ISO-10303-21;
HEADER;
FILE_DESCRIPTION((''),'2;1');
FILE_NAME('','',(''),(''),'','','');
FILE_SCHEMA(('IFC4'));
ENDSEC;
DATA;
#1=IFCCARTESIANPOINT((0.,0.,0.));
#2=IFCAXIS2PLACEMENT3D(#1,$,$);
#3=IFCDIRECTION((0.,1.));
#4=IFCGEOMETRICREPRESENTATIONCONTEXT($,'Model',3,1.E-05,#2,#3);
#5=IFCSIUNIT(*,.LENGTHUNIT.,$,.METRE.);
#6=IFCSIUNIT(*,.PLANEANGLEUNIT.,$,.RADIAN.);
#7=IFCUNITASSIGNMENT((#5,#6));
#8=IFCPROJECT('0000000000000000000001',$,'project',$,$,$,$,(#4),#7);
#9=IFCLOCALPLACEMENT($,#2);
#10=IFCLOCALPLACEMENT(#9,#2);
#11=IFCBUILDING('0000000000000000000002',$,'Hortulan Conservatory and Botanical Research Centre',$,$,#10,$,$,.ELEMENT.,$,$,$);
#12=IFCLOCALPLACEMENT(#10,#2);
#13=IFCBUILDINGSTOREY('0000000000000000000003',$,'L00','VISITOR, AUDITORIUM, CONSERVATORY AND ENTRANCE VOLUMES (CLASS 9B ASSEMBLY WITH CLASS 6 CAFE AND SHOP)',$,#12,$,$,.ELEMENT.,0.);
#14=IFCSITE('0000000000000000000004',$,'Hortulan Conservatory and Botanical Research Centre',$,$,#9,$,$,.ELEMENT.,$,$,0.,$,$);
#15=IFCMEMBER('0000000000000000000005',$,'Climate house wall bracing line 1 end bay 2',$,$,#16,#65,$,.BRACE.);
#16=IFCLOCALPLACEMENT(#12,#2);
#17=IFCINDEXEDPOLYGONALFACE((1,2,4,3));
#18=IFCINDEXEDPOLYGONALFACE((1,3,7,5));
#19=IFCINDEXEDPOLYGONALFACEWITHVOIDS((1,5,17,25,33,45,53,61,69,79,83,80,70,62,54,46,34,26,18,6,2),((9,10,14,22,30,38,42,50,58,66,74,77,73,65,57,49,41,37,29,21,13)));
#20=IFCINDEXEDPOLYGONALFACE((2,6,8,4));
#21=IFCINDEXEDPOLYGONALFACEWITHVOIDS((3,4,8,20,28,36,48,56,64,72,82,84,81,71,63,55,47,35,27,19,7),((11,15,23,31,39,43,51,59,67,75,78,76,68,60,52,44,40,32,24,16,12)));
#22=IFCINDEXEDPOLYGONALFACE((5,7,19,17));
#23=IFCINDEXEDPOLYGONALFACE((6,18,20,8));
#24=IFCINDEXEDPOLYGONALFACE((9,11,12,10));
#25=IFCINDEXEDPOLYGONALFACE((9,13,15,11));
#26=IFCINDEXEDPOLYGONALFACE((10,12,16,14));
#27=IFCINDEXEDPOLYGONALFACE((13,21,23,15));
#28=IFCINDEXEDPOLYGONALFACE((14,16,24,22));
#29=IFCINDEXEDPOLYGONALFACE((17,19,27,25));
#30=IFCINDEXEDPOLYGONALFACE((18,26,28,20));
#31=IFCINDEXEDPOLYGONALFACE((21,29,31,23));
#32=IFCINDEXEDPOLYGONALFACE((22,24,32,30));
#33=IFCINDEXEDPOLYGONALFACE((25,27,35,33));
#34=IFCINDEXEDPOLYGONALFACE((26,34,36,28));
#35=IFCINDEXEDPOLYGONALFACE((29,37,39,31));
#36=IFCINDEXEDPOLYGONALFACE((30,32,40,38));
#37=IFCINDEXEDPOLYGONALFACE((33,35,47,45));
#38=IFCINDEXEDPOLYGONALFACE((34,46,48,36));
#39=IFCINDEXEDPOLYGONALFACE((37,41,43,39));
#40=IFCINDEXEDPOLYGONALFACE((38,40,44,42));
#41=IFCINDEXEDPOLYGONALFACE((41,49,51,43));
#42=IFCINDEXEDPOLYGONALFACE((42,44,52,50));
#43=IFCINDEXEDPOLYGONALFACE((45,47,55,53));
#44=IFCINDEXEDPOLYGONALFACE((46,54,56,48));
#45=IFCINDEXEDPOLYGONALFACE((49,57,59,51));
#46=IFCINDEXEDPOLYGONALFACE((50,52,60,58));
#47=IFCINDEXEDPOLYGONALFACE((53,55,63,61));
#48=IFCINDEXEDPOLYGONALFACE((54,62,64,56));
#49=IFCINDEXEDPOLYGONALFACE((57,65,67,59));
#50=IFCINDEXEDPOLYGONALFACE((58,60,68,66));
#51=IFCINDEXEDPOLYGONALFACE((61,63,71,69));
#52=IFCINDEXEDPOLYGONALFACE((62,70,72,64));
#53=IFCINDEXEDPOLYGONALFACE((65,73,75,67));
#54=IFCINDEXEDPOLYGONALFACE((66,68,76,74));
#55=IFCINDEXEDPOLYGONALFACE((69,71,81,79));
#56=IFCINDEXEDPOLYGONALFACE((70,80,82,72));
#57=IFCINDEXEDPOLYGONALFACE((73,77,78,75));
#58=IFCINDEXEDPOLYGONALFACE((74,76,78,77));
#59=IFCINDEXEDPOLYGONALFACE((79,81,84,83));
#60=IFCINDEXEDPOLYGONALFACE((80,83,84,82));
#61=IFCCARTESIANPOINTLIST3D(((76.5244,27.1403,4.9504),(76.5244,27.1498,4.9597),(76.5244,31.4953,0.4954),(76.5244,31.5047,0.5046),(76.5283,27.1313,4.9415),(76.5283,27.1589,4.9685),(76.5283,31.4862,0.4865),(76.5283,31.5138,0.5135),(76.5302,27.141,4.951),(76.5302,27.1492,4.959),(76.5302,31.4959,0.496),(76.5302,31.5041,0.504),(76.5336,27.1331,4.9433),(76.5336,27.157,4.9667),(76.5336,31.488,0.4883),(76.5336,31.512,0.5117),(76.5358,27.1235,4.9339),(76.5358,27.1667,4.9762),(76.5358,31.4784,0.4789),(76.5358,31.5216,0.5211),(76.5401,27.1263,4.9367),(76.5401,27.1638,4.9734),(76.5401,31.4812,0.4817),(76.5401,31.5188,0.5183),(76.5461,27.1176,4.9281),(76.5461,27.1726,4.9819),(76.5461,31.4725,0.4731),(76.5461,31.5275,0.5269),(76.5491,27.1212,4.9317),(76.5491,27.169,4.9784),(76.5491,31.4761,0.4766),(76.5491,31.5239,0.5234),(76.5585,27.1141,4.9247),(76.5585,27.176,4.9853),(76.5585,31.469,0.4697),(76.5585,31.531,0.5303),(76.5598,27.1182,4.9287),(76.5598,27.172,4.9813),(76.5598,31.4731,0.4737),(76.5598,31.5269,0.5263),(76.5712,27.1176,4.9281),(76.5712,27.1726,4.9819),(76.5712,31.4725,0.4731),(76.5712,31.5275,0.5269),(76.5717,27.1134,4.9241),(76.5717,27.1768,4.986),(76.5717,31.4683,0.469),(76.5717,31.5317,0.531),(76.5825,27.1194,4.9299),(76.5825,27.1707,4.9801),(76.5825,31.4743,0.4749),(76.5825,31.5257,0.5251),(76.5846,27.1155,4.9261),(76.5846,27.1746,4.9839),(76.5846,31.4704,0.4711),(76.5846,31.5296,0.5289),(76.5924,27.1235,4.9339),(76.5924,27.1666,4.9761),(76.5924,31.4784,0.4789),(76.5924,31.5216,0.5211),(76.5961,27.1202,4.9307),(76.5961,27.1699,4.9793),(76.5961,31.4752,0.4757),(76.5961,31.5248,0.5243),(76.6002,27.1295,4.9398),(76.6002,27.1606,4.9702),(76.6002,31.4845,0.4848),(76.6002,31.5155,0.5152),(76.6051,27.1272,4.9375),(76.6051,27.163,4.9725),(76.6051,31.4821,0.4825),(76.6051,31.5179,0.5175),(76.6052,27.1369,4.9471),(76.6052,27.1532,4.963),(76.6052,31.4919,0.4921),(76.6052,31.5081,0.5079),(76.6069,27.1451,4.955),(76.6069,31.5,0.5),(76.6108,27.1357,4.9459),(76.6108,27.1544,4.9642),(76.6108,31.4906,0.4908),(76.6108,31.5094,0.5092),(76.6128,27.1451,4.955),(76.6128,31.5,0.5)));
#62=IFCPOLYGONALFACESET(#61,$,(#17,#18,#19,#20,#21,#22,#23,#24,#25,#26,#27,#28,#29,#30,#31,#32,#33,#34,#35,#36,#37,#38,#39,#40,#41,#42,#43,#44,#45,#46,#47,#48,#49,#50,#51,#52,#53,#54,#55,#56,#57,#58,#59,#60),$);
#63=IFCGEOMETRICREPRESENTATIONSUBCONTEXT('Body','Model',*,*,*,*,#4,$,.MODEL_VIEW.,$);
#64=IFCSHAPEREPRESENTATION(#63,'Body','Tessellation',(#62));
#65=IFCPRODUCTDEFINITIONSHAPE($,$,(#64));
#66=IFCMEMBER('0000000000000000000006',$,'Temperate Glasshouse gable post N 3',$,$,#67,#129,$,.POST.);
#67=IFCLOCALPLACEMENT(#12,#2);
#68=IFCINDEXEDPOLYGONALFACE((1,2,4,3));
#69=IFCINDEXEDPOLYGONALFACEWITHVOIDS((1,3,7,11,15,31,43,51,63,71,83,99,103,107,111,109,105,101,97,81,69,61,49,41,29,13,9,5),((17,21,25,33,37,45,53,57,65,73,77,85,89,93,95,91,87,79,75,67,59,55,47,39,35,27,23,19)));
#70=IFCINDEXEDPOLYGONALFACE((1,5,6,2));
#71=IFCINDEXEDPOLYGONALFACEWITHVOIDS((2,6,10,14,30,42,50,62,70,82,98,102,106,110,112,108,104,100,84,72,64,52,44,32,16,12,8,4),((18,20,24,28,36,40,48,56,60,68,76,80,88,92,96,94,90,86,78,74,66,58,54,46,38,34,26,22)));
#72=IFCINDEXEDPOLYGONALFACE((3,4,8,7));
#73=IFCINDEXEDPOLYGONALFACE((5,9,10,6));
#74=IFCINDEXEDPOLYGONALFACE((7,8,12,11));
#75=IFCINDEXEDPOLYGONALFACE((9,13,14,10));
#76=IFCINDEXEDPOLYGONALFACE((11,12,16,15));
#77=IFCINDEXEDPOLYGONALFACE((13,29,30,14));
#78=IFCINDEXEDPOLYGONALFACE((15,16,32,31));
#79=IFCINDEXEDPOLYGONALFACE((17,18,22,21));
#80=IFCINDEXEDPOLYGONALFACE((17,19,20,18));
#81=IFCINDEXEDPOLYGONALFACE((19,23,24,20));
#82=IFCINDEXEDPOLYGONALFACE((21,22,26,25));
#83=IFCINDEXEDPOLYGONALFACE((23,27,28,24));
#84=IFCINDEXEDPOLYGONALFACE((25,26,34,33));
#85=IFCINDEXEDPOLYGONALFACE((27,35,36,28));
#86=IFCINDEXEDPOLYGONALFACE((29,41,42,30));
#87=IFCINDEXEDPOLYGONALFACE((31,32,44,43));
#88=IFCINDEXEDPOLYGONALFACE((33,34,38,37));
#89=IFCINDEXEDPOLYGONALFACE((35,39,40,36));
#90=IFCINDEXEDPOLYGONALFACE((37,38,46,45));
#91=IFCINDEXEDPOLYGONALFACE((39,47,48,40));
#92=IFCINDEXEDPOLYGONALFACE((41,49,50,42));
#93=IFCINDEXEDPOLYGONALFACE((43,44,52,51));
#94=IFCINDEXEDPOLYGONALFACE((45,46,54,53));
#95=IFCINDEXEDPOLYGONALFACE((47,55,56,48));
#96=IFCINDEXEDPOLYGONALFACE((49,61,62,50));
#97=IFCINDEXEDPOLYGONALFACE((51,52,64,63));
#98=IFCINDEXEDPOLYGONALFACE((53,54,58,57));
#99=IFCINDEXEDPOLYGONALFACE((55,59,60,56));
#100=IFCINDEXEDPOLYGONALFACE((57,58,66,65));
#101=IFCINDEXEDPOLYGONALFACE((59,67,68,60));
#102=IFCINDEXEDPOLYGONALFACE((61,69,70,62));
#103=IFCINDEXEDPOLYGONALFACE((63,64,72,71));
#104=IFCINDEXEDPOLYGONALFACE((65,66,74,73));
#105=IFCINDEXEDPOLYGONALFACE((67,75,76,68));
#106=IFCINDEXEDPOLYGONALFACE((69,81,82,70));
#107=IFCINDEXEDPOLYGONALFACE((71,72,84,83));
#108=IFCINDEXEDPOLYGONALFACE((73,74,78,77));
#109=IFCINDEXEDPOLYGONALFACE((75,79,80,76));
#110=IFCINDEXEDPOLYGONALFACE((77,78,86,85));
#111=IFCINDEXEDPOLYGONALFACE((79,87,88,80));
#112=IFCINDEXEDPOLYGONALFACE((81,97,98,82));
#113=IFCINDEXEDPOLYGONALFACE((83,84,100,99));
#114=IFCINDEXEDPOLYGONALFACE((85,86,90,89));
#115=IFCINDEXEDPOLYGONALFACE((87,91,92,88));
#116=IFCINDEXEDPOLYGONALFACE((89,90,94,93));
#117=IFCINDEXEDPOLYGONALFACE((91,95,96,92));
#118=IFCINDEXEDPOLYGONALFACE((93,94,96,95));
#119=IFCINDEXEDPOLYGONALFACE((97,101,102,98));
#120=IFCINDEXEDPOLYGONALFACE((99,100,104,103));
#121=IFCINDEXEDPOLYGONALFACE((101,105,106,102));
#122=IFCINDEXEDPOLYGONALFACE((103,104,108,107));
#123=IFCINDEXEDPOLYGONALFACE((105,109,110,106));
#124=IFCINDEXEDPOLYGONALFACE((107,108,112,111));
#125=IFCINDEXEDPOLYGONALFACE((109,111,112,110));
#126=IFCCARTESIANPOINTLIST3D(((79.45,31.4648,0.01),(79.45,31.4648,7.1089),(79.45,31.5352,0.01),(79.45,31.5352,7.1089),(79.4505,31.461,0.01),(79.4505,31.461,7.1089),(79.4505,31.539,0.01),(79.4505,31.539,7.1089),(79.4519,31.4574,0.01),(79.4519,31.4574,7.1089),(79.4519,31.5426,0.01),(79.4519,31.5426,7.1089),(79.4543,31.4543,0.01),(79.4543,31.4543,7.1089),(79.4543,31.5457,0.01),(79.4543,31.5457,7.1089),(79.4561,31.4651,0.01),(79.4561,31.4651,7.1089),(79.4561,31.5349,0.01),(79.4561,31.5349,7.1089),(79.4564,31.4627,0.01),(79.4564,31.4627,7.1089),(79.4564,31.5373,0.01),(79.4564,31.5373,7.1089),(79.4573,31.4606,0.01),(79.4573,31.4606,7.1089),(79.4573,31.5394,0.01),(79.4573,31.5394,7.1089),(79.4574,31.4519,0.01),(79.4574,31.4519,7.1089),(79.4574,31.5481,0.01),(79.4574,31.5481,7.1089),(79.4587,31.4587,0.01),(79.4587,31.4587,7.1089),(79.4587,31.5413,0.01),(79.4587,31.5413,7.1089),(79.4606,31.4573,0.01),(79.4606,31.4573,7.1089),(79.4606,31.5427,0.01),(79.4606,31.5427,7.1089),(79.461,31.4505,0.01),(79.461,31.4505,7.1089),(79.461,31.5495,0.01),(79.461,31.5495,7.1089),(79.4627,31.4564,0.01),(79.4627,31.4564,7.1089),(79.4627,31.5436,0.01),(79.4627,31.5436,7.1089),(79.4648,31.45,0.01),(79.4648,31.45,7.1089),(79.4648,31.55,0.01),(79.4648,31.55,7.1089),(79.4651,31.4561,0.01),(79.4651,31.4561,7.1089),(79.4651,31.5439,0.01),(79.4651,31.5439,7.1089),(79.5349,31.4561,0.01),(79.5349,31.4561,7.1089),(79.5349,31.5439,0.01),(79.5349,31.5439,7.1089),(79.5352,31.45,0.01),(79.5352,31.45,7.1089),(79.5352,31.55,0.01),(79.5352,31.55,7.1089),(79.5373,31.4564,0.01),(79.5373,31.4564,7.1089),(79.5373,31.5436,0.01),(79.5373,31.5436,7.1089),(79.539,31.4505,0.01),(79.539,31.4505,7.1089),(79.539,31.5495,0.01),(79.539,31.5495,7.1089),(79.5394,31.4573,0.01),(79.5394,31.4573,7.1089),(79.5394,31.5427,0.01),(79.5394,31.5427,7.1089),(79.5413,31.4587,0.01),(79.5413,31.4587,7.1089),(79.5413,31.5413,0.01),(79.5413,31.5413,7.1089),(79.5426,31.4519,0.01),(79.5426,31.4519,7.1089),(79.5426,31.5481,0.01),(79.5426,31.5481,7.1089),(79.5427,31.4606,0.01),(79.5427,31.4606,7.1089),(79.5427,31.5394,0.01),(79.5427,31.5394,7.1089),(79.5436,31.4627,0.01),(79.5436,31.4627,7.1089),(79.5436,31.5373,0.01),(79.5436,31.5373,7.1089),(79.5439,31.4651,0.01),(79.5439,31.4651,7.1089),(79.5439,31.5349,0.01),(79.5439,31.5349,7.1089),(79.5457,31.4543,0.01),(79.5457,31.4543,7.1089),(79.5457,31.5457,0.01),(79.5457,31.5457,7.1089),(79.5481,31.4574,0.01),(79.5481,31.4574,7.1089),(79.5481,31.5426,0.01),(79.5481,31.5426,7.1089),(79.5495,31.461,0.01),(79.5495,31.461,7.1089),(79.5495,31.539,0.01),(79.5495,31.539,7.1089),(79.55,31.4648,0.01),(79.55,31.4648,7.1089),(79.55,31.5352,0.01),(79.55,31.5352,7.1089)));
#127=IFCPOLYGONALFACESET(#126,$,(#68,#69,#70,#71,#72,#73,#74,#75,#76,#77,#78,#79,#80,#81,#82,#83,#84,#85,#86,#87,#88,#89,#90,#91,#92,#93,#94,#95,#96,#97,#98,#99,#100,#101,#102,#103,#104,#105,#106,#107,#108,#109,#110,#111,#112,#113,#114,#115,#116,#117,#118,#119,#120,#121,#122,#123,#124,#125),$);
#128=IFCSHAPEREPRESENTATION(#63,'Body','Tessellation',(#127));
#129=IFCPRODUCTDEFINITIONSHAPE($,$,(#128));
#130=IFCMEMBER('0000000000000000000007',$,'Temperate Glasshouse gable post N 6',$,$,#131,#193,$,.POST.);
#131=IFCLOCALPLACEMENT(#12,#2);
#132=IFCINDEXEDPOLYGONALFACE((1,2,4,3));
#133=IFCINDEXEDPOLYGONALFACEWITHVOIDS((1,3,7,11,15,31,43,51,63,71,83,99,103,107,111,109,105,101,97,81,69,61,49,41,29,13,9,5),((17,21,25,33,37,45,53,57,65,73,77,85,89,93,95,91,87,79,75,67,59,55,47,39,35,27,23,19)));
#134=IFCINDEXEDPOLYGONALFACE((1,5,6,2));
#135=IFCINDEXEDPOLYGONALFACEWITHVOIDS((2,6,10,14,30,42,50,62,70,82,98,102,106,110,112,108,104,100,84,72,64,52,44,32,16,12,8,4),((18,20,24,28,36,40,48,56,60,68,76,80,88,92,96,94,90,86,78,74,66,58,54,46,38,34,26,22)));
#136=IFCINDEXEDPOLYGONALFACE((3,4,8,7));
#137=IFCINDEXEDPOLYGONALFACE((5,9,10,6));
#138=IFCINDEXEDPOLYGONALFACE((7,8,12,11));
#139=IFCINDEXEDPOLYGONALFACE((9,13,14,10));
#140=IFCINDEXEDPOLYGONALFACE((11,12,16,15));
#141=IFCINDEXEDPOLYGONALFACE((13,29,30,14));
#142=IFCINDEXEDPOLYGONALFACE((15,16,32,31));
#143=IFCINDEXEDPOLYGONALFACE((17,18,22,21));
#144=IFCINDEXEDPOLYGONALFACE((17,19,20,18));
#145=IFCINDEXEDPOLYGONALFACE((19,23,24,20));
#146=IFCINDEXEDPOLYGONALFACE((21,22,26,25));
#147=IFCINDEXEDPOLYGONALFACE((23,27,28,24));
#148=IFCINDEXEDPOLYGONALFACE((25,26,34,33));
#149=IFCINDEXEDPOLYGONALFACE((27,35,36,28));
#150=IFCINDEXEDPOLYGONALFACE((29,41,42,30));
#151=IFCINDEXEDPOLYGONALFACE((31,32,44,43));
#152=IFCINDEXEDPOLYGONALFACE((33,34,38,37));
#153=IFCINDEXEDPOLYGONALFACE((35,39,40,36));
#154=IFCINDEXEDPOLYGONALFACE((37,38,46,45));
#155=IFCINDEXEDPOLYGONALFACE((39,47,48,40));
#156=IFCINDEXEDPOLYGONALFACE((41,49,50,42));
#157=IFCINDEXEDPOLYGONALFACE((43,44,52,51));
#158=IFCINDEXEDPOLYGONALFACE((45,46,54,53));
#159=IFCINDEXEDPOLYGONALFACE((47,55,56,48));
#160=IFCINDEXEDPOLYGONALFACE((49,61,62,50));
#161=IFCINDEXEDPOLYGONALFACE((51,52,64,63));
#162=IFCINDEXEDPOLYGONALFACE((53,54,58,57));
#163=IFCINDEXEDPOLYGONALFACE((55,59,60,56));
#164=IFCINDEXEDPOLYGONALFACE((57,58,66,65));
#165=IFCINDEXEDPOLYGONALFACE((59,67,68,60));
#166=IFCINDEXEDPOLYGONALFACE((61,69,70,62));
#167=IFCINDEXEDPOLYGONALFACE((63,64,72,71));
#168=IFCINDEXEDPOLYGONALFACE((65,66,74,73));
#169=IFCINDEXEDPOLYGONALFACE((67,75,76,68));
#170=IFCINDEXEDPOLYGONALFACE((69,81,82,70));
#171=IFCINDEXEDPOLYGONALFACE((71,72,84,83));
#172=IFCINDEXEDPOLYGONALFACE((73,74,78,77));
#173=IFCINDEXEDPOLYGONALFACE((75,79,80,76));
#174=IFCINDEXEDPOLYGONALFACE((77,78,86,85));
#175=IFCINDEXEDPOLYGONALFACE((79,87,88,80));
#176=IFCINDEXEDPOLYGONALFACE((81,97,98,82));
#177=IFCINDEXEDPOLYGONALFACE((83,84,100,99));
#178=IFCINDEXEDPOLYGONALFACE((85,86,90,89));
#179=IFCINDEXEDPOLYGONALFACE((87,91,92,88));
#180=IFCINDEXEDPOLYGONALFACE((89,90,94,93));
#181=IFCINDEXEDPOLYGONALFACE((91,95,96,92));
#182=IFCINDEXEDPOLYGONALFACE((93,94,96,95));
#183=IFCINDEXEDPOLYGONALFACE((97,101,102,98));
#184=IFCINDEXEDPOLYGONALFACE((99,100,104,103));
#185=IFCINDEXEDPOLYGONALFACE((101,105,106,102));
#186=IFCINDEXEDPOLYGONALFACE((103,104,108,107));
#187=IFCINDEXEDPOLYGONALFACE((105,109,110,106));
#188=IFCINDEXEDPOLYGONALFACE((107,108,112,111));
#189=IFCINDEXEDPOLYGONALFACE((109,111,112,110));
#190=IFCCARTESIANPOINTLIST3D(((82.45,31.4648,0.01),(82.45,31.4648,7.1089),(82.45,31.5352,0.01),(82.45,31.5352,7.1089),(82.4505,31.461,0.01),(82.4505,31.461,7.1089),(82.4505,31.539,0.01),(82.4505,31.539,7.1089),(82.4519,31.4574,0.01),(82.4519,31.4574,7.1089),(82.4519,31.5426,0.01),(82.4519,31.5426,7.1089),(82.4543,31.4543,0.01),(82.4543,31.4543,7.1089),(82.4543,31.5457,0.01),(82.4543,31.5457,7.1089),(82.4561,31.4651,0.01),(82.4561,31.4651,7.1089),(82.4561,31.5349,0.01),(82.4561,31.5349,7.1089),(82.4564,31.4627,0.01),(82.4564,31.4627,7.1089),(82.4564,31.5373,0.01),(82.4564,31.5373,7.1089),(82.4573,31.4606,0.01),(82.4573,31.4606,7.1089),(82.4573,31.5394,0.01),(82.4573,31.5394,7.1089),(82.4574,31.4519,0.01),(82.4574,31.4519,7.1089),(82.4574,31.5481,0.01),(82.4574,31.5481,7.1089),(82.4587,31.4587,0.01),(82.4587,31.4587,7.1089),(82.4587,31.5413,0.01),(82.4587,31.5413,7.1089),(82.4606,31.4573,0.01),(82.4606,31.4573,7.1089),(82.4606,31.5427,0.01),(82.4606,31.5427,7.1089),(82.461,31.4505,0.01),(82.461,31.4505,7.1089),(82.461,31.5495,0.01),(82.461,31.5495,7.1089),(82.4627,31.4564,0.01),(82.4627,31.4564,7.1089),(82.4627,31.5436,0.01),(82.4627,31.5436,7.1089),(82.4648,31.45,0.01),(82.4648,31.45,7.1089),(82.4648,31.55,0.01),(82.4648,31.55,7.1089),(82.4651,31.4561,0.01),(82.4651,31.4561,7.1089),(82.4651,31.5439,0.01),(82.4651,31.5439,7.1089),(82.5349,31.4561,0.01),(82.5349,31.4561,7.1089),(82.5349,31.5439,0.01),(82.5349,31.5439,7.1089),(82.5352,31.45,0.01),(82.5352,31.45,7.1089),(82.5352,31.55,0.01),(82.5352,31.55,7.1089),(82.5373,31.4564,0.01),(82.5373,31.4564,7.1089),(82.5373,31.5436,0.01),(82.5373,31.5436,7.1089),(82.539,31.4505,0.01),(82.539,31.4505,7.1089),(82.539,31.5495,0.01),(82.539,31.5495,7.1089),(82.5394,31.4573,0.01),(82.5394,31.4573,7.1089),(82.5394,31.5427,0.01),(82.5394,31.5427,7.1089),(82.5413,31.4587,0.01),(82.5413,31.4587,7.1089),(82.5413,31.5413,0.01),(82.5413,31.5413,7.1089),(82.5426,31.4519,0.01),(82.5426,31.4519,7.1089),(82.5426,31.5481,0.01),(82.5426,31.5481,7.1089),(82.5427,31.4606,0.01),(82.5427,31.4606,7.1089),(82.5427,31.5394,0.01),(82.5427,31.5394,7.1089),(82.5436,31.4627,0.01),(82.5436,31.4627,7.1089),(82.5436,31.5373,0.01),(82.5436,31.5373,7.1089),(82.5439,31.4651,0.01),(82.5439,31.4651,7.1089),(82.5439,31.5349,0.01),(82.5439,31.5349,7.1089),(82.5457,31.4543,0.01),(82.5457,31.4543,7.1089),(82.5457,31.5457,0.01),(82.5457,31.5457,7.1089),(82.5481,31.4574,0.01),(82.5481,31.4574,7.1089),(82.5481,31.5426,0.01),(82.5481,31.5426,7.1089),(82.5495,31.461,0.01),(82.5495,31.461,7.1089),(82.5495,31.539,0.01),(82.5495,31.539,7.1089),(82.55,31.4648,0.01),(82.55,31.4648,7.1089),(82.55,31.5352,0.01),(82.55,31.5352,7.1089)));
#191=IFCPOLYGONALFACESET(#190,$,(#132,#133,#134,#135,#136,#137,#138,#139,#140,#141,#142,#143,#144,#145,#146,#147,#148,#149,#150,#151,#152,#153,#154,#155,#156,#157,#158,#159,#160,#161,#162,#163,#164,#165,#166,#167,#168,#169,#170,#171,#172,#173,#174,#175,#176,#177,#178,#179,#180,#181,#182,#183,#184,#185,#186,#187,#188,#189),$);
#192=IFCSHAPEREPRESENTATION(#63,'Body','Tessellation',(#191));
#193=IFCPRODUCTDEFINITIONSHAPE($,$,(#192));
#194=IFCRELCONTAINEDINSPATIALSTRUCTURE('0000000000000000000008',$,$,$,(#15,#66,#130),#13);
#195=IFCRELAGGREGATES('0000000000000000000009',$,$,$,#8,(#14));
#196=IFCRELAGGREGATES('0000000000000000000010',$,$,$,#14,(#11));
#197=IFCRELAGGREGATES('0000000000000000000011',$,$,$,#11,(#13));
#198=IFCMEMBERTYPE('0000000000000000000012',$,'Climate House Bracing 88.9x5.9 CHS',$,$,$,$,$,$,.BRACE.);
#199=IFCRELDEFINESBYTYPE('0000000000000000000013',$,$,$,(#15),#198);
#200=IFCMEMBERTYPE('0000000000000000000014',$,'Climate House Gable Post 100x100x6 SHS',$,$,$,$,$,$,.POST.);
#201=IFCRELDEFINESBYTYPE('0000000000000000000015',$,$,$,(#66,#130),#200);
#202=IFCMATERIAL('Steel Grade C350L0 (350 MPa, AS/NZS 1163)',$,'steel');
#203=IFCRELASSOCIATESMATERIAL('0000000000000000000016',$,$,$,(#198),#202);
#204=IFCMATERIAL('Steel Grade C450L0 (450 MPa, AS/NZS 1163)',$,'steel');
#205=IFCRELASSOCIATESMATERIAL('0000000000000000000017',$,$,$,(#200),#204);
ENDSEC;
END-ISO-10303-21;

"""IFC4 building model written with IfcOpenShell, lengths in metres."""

from ifc_helpers import new_model, si_unit, direction, frame, origin, origin_2d, place, context, subcontext, project, spatial, hollow_rectangle, hollow_circle, extrude, material, material_profile, profile_set, type_object, element, save


model = new_model("IFC4")

# Units and contexts
model_context = context("Model", 3, precision=1e-05, world=origin(), true_north=direction((0.0, 1.0)))
body_context = subcontext(model_context, "Body", "Model", "MODEL_VIEW")
ifc_project = project(units=[si_unit("LENGTHUNIT", "METRE"), si_unit("PLANEANGLEUNIT", "RADIAN")], contexts=[model_context])

# Site, building, storey
site_placement = place(None, origin())
site = spatial("IfcSite", under=ifc_project, at=site_placement, Name="Hortulan Conservatory and Botanical Research Centre", CompositionType="ELEMENT", RefElevation=0.0)
building_placement = place(site_placement, origin())
building = spatial("IfcBuilding", under=site, at=building_placement, Name="Hortulan Conservatory and Botanical Research Centre", CompositionType="ELEMENT")
storey_placement = place(building_placement, origin())
storey = spatial("IfcBuildingStorey", under=building, at=storey_placement, Name="L00", Description="VISITOR, AUDITORIUM, CONSERVATORY AND ENTRANCE VOLUMES (CLASS 9B ASSEMBLY WITH CLASS 6 CAFE AND SHOP)", CompositionType="ELEMENT", Elevation=0.0)

# Shared definitions
ifc_material_1 = material(Name="Steel Grade C450L0 (450 MPa, AS/NZS 1163)", Category="steel")

# Members
ifc_material_2 = material(Name="Steel Grade C350L0 (350 MPa, AS/NZS 1163)", Category="steel")
ifc_material_profile_1 = material_profile(ifc_material_2, hollow_circle(Radius=0.0444, WallThickness=0.0059, at=origin_2d()), Name="88.9x5.9CHS")
ifc_profile_set_1 = profile_set([ifc_material_profile_1], Name="Steel Grade C350L0 (350 MPa, AS/NZS 1163)")
member_type_1 = type_object("IfcMemberType", Name="Climate House Bracing 88.9x5.9 CHS", PredefinedType="BRACE", material=ifc_profile_set_1)
member_1_placement = place(storey_placement, frame((76.5684, 31.5, 0.5), z_axis=(0.0, -0.699028, 0.715095), x_axis=(1.0, 0.0, 0.0)))
element("IfcMember", 1, at=member_1_placement, inside=storey, type_object=member_type_1, Name="Climate house wall bracing line 1 end bay 2", PredefinedType="BRACE", context=body_context, shape_type="SweptSolid", body=[
    extrude(hollow_circle(Radius=0.0444, WallThickness=0.0059, at=origin_2d()), origin(), (0.0, 0.0, 1.0), 6.23),
])
ifc_material_profile_2 = material_profile(ifc_material_1, hollow_rectangle(XDim=0.1001, YDim=0.1001, WallThickness=0.0061, InnerFilletRadius=0.009, OuterFilletRadius=0.0149, at=origin_2d()), Name="100x100x6SHS")
ifc_profile_set_2 = profile_set([ifc_material_profile_2], Name="Steel Grade C450L0 (450 MPa, AS/NZS 1163)")
member_type_2 = type_object("IfcMemberType", Name="Climate House Gable Post 100x100x6 SHS", PredefinedType="POST", material=ifc_profile_set_2)
for number, where, z_axis, x_axis, name in (
    (2, (79.5, 31.5, 0.01), (0.0, 0.0, 1.0), (1.0, 0.0, 0.0), "Temperate Glasshouse gable post N 3"),
    (3, (82.5, 31.5, 0.01), (0.0, 0.0, 1.0), (1.0, 0.0, 0.0), "Temperate Glasshouse gable post N 6"),
):
    element("IfcMember", number, at=place(storey_placement, frame(where, z_axis=z_axis, x_axis=x_axis)), inside=storey, type_object=member_type_2, Name=name, PredefinedType="POST", context=body_context, shape_type="SweptSolid", body=[
        extrude(hollow_rectangle(XDim=0.1001, YDim=0.1001, WallThickness=0.0061, InnerFilletRadius=0.009, OuterFilletRadius=0.0149, at=origin_2d()), origin(), (0.0, 0.0, 1.0), 7.0989),
    ])

save(model, "model.ifc")
